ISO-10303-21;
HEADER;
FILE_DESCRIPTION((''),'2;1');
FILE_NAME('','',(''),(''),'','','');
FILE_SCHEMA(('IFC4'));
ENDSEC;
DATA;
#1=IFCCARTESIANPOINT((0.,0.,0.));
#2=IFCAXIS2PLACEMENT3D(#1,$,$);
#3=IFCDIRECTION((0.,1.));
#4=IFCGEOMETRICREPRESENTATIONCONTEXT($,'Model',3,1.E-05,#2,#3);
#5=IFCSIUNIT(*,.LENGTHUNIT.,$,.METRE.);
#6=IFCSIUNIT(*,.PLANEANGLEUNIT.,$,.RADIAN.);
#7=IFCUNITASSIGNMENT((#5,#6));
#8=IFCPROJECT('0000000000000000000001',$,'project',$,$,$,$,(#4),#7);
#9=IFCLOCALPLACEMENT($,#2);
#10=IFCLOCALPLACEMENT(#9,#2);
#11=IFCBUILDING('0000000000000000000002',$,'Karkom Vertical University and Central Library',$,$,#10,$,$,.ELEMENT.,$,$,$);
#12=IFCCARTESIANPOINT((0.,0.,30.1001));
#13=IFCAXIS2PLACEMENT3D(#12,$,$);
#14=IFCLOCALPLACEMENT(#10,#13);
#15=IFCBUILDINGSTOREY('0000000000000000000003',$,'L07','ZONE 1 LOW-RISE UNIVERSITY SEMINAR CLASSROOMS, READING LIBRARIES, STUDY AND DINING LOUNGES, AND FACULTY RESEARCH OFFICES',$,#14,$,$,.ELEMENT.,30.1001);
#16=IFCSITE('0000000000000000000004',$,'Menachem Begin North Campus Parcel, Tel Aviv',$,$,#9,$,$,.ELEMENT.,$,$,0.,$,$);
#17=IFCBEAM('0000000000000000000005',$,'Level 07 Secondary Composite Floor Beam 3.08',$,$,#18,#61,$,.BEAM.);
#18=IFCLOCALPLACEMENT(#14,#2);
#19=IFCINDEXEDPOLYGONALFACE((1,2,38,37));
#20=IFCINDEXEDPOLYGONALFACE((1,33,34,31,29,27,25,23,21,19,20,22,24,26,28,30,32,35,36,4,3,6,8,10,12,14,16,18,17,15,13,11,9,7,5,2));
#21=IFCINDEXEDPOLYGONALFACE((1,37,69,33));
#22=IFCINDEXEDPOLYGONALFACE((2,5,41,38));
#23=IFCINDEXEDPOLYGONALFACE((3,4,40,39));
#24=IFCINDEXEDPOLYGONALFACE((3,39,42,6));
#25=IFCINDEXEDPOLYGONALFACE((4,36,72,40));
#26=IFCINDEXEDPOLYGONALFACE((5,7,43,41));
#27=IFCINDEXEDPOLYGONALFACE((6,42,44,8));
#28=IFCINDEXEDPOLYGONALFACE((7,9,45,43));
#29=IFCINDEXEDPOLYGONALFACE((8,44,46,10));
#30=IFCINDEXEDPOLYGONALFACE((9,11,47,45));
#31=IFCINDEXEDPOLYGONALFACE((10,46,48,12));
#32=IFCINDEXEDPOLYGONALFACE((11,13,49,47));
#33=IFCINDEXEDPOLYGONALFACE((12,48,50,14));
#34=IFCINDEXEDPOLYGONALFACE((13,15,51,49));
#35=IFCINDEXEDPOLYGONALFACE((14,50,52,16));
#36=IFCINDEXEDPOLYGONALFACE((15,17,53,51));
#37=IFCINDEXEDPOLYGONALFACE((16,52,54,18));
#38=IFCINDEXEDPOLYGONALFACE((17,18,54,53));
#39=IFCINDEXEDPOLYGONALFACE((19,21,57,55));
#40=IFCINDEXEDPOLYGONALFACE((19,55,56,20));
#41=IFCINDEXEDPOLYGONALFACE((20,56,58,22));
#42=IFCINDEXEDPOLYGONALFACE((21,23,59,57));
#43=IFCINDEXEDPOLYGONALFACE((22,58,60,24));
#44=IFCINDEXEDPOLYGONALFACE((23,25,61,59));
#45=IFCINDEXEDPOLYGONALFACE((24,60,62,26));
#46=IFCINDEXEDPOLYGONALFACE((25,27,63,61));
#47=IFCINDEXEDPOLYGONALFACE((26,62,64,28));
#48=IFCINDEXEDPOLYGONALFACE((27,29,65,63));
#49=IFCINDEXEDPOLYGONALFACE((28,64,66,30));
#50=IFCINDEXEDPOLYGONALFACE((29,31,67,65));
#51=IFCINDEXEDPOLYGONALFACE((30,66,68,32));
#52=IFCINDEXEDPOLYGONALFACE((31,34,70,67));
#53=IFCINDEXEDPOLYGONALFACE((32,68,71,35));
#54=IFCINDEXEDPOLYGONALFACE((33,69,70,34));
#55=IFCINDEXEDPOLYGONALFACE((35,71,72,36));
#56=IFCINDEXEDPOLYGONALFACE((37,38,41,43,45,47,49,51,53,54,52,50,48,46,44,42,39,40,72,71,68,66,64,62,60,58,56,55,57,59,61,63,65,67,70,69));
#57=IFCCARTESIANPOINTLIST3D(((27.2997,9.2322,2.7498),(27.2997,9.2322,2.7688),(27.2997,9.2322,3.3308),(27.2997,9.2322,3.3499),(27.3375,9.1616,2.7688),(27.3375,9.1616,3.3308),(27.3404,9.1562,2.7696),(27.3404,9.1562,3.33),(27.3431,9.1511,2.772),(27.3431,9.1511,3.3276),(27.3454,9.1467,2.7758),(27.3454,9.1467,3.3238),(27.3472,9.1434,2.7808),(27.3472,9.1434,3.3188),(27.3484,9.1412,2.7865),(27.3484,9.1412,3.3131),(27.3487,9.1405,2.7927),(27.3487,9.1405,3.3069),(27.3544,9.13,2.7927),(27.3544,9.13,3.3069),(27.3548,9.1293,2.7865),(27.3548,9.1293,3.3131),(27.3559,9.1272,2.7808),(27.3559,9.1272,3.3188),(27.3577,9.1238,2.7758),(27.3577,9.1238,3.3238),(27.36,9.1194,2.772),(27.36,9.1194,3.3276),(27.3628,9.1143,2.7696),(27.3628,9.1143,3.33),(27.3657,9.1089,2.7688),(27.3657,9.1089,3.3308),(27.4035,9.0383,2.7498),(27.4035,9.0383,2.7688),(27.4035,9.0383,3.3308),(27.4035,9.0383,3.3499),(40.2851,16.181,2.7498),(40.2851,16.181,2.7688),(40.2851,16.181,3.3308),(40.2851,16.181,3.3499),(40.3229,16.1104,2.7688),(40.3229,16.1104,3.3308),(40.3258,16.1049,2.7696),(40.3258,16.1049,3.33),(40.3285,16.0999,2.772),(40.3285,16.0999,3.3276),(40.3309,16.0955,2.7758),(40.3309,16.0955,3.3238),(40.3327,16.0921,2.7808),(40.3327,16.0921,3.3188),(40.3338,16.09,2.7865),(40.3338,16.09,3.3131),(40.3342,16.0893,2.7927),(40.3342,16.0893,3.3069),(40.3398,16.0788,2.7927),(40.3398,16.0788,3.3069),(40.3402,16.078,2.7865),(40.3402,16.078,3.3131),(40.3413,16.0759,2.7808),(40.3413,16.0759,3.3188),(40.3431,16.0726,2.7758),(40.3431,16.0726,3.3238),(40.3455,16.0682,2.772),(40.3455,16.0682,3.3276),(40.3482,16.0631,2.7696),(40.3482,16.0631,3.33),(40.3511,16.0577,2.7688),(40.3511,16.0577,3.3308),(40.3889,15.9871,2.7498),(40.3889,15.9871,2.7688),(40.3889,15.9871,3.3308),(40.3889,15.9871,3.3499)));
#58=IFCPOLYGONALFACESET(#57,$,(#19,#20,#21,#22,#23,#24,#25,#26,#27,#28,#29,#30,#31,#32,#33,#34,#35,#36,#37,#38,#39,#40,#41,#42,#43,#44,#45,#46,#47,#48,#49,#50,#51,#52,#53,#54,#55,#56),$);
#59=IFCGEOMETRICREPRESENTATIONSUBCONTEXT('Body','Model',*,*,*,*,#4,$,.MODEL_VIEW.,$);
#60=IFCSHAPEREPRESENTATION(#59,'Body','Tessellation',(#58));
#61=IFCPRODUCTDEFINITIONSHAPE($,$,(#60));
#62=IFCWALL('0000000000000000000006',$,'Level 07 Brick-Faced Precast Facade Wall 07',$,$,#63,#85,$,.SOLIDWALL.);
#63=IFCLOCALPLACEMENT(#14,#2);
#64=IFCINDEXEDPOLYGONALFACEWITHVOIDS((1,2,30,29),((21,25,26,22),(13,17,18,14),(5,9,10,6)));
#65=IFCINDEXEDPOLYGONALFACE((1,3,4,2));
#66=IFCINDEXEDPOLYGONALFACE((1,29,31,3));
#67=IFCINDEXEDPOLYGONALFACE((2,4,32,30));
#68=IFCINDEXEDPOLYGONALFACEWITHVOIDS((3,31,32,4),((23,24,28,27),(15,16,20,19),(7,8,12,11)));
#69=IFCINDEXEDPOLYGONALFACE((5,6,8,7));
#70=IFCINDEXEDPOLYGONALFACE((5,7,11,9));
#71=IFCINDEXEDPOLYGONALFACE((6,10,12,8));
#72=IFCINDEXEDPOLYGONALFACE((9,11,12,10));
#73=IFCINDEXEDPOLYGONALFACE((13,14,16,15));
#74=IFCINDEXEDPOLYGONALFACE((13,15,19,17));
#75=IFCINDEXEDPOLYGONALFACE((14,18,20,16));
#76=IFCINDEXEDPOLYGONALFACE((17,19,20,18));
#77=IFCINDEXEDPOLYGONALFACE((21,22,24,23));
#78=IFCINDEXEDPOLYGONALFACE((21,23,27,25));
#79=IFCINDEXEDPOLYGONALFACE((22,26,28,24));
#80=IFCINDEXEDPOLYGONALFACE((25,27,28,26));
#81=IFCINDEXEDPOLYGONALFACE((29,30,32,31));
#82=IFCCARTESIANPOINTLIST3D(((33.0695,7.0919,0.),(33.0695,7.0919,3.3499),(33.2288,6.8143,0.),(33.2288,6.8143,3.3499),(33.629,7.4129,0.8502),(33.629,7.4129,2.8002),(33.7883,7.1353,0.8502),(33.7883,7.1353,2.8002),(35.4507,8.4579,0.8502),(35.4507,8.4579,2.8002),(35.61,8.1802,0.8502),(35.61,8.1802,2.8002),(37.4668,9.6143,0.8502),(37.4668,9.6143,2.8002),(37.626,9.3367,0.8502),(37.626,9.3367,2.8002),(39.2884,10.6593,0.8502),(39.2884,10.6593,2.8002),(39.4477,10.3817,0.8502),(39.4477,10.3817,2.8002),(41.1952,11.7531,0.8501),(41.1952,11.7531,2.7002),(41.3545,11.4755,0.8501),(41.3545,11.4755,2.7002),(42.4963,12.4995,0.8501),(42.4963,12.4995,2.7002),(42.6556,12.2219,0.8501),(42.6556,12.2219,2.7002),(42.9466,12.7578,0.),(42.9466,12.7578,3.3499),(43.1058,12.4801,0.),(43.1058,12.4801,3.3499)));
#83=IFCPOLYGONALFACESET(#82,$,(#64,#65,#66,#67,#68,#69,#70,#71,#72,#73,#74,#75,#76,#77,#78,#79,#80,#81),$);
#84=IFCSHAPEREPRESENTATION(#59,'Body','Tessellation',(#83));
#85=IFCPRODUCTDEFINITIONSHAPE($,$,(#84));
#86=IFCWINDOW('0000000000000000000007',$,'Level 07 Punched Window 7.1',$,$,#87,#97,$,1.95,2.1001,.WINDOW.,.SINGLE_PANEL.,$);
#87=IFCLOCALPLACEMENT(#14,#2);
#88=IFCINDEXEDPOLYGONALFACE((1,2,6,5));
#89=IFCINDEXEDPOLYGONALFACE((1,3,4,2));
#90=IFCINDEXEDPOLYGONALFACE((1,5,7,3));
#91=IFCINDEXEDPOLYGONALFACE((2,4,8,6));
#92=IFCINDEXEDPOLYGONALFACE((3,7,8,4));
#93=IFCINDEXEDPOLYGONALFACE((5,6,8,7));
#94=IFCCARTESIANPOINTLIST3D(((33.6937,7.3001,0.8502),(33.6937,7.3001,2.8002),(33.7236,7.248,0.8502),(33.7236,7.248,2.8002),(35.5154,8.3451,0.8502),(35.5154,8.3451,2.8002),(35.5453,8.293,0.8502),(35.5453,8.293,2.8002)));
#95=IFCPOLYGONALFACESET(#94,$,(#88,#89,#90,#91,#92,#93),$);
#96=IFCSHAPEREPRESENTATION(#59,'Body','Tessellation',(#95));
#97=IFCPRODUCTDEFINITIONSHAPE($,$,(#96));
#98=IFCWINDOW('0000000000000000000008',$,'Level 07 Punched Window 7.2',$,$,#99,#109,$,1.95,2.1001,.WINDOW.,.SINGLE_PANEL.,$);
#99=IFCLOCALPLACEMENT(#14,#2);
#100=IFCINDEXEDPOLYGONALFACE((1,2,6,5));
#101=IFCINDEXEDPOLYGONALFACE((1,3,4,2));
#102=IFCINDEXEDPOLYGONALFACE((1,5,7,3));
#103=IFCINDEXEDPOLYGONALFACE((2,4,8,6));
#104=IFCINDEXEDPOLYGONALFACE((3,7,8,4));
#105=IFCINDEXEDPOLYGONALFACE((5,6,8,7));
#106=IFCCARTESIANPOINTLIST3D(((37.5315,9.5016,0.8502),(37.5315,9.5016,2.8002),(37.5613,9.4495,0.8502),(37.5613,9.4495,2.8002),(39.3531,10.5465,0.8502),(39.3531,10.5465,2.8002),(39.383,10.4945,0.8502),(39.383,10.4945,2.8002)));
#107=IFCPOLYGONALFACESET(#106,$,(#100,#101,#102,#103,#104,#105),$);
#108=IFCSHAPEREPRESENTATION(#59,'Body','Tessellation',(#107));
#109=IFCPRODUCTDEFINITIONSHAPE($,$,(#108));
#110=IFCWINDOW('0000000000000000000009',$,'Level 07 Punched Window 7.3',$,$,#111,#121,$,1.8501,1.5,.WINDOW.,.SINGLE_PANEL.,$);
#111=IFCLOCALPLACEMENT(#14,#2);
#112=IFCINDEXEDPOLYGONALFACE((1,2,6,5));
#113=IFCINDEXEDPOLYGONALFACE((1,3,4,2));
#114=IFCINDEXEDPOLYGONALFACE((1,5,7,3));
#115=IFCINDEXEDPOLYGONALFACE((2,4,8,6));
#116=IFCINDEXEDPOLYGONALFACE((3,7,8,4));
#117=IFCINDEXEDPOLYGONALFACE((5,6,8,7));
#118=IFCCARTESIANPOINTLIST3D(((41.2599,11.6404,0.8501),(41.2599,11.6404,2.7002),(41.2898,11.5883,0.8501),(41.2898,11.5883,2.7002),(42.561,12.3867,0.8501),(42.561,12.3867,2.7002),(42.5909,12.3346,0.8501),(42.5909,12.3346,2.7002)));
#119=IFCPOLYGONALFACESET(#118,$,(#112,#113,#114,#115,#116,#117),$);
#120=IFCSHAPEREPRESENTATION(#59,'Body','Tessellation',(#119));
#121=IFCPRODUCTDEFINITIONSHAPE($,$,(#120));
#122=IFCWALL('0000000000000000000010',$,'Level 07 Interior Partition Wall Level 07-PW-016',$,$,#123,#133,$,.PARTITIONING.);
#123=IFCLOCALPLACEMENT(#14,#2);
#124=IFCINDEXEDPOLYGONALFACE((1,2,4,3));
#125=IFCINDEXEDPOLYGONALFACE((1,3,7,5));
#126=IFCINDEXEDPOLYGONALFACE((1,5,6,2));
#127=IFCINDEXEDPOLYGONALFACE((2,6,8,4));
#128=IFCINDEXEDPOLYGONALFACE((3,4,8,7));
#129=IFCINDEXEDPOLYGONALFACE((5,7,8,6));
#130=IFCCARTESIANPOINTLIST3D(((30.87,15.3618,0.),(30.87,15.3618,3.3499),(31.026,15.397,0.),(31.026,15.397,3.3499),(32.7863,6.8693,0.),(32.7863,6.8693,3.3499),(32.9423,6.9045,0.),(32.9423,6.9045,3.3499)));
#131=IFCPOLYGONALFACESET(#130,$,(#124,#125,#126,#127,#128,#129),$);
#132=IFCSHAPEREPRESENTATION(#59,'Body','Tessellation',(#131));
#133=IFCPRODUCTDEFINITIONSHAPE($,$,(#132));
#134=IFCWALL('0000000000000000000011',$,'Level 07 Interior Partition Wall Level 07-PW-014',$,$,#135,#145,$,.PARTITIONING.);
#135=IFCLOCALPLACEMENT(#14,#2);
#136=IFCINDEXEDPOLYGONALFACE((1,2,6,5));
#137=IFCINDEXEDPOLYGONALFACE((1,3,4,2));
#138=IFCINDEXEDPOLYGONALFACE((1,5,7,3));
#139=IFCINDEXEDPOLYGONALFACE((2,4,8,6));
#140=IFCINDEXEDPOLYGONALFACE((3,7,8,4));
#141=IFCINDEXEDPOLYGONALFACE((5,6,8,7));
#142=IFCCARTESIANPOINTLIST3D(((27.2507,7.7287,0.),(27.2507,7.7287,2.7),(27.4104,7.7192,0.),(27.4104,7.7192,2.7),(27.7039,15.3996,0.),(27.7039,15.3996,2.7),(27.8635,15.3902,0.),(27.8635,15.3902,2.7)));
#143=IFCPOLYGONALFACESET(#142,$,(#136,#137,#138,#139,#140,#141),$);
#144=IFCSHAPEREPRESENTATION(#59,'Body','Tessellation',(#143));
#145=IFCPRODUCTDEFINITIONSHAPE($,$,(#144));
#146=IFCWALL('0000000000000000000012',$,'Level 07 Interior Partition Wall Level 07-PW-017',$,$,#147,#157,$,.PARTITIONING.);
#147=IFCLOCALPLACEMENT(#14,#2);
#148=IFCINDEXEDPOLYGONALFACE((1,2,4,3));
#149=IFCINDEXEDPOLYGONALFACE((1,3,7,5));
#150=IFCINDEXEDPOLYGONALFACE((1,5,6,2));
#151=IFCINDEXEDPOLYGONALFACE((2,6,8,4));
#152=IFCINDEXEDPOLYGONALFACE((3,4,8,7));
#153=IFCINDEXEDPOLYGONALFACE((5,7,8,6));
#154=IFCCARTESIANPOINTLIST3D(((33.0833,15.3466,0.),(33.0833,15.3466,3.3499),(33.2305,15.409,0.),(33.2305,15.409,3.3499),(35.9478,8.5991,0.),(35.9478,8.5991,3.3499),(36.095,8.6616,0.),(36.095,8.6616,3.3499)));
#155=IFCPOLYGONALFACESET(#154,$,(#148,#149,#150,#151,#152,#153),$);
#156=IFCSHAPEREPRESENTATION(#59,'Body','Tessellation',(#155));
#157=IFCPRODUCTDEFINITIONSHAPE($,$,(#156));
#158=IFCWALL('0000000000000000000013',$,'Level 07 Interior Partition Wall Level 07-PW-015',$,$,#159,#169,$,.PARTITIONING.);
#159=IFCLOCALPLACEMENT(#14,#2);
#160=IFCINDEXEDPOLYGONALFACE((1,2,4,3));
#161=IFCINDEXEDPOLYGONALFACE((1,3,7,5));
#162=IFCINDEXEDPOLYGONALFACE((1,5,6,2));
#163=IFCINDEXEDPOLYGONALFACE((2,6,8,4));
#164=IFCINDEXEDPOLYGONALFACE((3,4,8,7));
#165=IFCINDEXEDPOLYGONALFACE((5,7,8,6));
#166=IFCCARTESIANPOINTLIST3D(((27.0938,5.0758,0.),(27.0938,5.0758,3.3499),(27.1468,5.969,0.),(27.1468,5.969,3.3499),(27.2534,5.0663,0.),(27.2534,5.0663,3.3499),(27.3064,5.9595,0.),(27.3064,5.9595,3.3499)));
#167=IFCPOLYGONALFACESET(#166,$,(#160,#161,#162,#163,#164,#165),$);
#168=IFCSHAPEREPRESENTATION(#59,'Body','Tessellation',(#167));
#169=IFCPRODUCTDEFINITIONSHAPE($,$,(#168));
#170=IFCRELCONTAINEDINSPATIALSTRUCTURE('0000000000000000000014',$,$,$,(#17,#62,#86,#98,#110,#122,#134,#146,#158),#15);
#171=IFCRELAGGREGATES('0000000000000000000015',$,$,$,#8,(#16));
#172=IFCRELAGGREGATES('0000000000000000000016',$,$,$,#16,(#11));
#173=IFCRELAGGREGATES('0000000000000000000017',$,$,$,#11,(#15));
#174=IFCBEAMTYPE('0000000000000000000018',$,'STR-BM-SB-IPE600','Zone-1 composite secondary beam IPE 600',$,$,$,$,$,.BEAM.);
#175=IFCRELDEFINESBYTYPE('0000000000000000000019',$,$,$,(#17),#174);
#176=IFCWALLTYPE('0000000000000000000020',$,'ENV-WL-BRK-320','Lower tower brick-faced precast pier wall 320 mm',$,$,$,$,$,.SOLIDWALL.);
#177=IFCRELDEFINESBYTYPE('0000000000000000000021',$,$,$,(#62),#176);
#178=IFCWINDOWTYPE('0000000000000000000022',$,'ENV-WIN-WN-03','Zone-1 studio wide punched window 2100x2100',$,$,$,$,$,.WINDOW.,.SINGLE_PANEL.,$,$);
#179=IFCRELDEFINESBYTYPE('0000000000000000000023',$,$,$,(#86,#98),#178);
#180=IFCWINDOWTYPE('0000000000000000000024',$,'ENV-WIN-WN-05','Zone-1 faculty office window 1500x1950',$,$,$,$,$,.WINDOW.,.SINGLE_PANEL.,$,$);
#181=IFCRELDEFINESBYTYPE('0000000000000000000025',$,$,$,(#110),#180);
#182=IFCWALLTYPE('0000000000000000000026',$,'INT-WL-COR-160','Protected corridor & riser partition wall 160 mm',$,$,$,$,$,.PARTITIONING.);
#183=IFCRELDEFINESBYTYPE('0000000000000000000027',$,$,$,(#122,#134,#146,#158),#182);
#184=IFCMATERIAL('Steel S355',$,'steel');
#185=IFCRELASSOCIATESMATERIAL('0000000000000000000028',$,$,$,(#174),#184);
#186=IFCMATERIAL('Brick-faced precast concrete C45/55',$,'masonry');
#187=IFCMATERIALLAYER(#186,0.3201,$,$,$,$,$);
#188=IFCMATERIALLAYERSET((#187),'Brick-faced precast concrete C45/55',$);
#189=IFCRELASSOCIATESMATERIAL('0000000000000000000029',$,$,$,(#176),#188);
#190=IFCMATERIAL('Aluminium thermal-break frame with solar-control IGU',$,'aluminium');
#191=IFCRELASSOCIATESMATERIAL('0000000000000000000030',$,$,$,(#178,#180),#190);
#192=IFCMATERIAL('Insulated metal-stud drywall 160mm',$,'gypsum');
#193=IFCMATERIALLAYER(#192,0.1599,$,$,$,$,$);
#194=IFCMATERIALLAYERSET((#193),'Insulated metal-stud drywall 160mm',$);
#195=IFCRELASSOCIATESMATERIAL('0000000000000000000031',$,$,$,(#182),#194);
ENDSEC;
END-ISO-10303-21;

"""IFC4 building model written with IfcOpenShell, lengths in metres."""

from ifc_helpers import new_model, si_unit, direction, frame, frame_2d, origin, origin_with_axes, origin_2d, place, context, subcontext, project, spatial, rectangle, i_section, extrude, source, transform, mapped, material, layer, layer_set, material_profile, profile_set, type_object, element, fill, save


model = new_model("IFC4")

# Units and contexts
model_context = context("Model", 3, precision=1e-05, world=origin(), true_north=direction((0.0, 1.0)))
body_context = subcontext(model_context, "Body", "Model", "MODEL_VIEW")
ifc_project = project(units=[si_unit("LENGTHUNIT", "METRE"), si_unit("PLANEANGLEUNIT", "RADIAN")], contexts=[model_context])

# Site, building, storey
site_placement = place(None, origin())
site = spatial("IfcSite", under=ifc_project, at=site_placement, Name="Menachem Begin North Campus Parcel, Tel Aviv", CompositionType="ELEMENT", RefElevation=0.0)
building_placement = place(site_placement, origin())
building = spatial("IfcBuilding", under=site, at=building_placement, Name="Karkom Vertical University and Central Library", CompositionType="ELEMENT")
storey_placement = place(building_placement, frame((0.0, 0.0, 30.1001)))
storey = spatial("IfcBuildingStorey", under=building, at=storey_placement, Name="L07", Description="ZONE 1 LOW-RISE UNIVERSITY SEMINAR CLASSROOMS, READING LIBRARIES, STUDY AND DINING LOUNGES, AND FACULTY RESEARCH OFFICES", CompositionType="ELEMENT", Elevation=30.1001)

# Beam
ifc_material_1 = material(Name="Steel S355", Category="steel")
ifc_material_profile_1 = material_profile(ifc_material_1, i_section(OverallWidth=0.22, OverallDepth=0.6001, WebThickness=0.012, FlangeThickness=0.019, FilletRadius=0.0239, at=origin_2d()), Name="IPE 600")
ifc_profile_set_1 = profile_set([ifc_material_profile_1], Name="Steel S355")
beam_type_1 = type_object("IfcBeamType", Name="STR-BM-SB-IPE600", Description="Zone-1 composite secondary beam IPE 600", PredefinedType="BEAM", material=ifc_profile_set_1)
shared_shape_1 = source(origin_with_axes(), body_context, "Body", "SweptSolid", [
    extrude(i_section(OverallWidth=0.22, OverallDepth=0.6001, WebThickness=0.012, FlangeThickness=0.019, FilletRadius=0.0239, at=origin_2d()), origin(), (0.0, 0.0, 1.0), 14.7278),
])
beam_1_placement = place(storey_placement, frame((27.3516, 9.1353, 3.0498), z_axis=(0.881698, 0.471815, 0.0), x_axis=(-0.471815, 0.881698, 0.0)))
element("IfcBeam", 1, at=beam_1_placement, inside=storey, type_object=beam_type_1, Name="Level 07 Secondary Composite Floor Beam 3.08", PredefinedType="BEAM", context=body_context, shape_type="MappedRepresentation", body=[
    mapped(shared_shape_1, transform((0.0, 0.0, 0.0), scale=1.0)),
])

# Wall, openings, windows
ifc_material_2 = material(Name="Brick-faced precast concrete C45/55", Category="masonry")
ifc_layer_1 = layer(ifc_material_2, 0.3201)
ifc_layer_set_1 = layer_set([ifc_layer_1], Name="Brick-faced precast concrete C45/55")
wall_type_1 = type_object("IfcWallType", Name="ENV-WL-BRK-320", Description="Lower tower brick-faced precast pier wall 320 mm", PredefinedType="SOLIDWALL", material=ifc_layer_set_1)
wall_1_placement = place(storey_placement, frame((33.1492, 6.9531, 0.0), z_axis=(0.0, 0.0, 1.0), x_axis=(0.867417, 0.497581, 0.0)))
wall_1 = element("IfcWall", 2, at=wall_1_placement, inside=storey, type_object=wall_type_1, Name="Level 07 Brick-Faced Precast Facade Wall 07", PredefinedType="SOLIDWALL", context=body_context, shape_type="SweptSolid", body=[
    extrude(rectangle(XDim=11.3867, YDim=0.3201, at=frame_2d((5.6934, 0.0))), origin(), (0.0, 0.0, 1.0), 3.3499),
])
opening_1_placement = place(wall_1_placement, frame((0.645, 0.0, 0.8501)))
opening_1 = element("IfcOpeningElement", 3, at=opening_1_placement, cuts=wall_1, PredefinedType="OPENING", context=body_context, shape_type="SweptSolid", body=[
    extrude(rectangle(XDim=2.1001, YDim=1.95, at=frame_2d((1.05, 0.9751))), frame((0.0, 0.1699, 0.0), z_axis=(0.0, -1.0, 0.0), x_axis=(1.0, 0.0, 0.0)), (0.0, 0.0, 1.0), 0.3401),
])
opening_2_placement = place(wall_1_placement, frame((5.0693, 0.0, 0.8501)))
opening_2 = element("IfcOpeningElement", 4, at=opening_2_placement, cuts=wall_1, PredefinedType="OPENING", context=body_context, shape_type="SweptSolid", body=[
    extrude(rectangle(XDim=2.1001, YDim=1.95, at=frame_2d((1.05, 0.9751))), frame((0.0, 0.1699, 0.0), z_axis=(0.0, -1.0, 0.0), x_axis=(1.0, 0.0, 0.0)), (0.0, 0.0, 1.0), 0.3401),
])
opening_3_placement = place(wall_1_placement, frame((9.3677, 0.0, 0.8501)))
opening_3 = element("IfcOpeningElement", 5, at=opening_3_placement, cuts=wall_1, PredefinedType="OPENING", context=body_context, shape_type="SweptSolid", body=[
    extrude(rectangle(XDim=1.5, YDim=1.8501, at=frame_2d((0.75, 0.925))), frame((0.0, 0.1699, 0.0), z_axis=(0.0, -1.0, 0.0), x_axis=(1.0, 0.0, 0.0)), (0.0, 0.0, 1.0), 0.3401),
])
ifc_material_3 = material(Name="Aluminium thermal-break frame with solar-control IGU", Category="aluminium")
window_type_1 = type_object("IfcWindowType", Name="ENV-WIN-WN-03", Description="Zone-1 studio wide punched window 2100x2100", PartitioningType="SINGLE_PANEL", PredefinedType="WINDOW", material=ifc_material_3)
shared_shape_2 = source(origin_with_axes(), body_context, "Body", "SweptSolid", [
    extrude(rectangle(XDim=2.1001, YDim=1.95, at=frame_2d((1.05, 0.9751))), frame((0.0, 0.03, 0.0), z_axis=(0.0, -1.0, 0.0), x_axis=(1.0, 0.0, 0.0)), (0.0, 0.0, 1.0), 0.0601),
])
window_1_placement = place(opening_1_placement, origin())
window_1 = element("IfcWindow", 6, at=window_1_placement, inside=storey, type_object=window_type_1, Name="Level 07 Punched Window 7.1", OverallHeight=1.95, OverallWidth=2.1001, PartitioningType="SINGLE_PANEL", PredefinedType="WINDOW", context=body_context, shape_type="MappedRepresentation", body=[
    mapped(shared_shape_2, transform((0.0, 0.0, 0.0), scale=1.0)),
])
fill(opening_1, window_1)
window_2_placement = place(opening_2_placement, origin())
window_2 = element("IfcWindow", 7, at=window_2_placement, inside=storey, type_object=window_type_1, Name="Level 07 Punched Window 7.2", OverallHeight=1.95, OverallWidth=2.1001, PartitioningType="SINGLE_PANEL", PredefinedType="WINDOW", context=body_context, shape_type="MappedRepresentation", body=[
    mapped(shared_shape_2, transform((0.0, 0.0, 0.0), scale=1.0)),
])
fill(opening_2, window_2)
window_type_2 = type_object("IfcWindowType", Name="ENV-WIN-WN-05", Description="Zone-1 faculty office window 1500x1950", PartitioningType="SINGLE_PANEL", PredefinedType="WINDOW", material=ifc_material_3)
shared_shape_3 = source(origin_with_axes(), body_context, "Body", "SweptSolid", [
    extrude(rectangle(XDim=1.5, YDim=1.8501, at=frame_2d((0.75, 0.925))), frame((0.0, 0.03, 0.0), z_axis=(0.0, -1.0, 0.0), x_axis=(1.0, 0.0, 0.0)), (0.0, 0.0, 1.0), 0.0601),
])
window_3_placement = place(opening_3_placement, origin())
window_3 = element("IfcWindow", 8, at=window_3_placement, inside=storey, type_object=window_type_2, Name="Level 07 Punched Window 7.3", OverallHeight=1.8501, OverallWidth=1.5, PartitioningType="SINGLE_PANEL", PredefinedType="WINDOW", context=body_context, shape_type="MappedRepresentation", body=[
    mapped(shared_shape_3, transform((0.0, 0.0, 0.0), scale=1.0)),
])
fill(opening_3, window_3)

# Walls
ifc_material_4 = material(Name="Insulated metal-stud drywall 160mm", Category="gypsum")
ifc_layer_2 = layer(ifc_material_4, 0.1599)
ifc_layer_set_2 = layer_set([ifc_layer_2], Name="Insulated metal-stud drywall 160mm")
wall_type_2 = type_object("IfcWallType", Name="INT-WL-COR-160", Description="Protected corridor & riser partition wall 160 mm", PredefinedType="PARTITIONING", material=ifc_layer_set_2)
wall_2_placement = place(storey_placement, frame((30.948, 15.3794, 0.0), z_axis=(0.0, 0.0, 1.0), x_axis=(0.220109, -0.975475, 0.0)))
element("IfcWall", 9, at=wall_2_placement, inside=storey, type_object=wall_type_2, Name="Level 07 Interior Partition Wall Level 07-PW-016", PredefinedType="PARTITIONING", context=body_context, shape_type="SweptSolid", body=[
    extrude(rectangle(XDim=8.7061, YDim=0.1599, at=frame_2d((4.353, 0.0))), origin(), (0.0, 0.0, 1.0), 3.3499),
])
wall_3_placement = place(storey_placement, frame((27.7837, 15.395, 0.0), z_axis=(0.0, 0.0, 1.0), x_axis=(-0.058968, -0.99826, 0.0)))
element("IfcWall", 10, at=wall_3_placement, inside=storey, type_object=wall_type_2, Name="Level 07 Interior Partition Wall Level 07-PW-014", PredefinedType="PARTITIONING", context=body_context, shape_type="SweptSolid", body=[
    extrude(rectangle(XDim=7.6843, YDim=0.1599, at=frame_2d((3.8423, 0.0))), origin(), (0.0, 0.0, 1.0), 2.7),
])
wall_4_placement = place(storey_placement, frame((33.157, 15.3777, 0.0), z_axis=(0.0, 0.0, 1.0), x_axis=(0.39077, -0.920489, 0.0)))
element("IfcWall", 11, at=wall_4_placement, inside=storey, type_object=wall_type_2, Name="Level 07 Interior Partition Wall Level 07-PW-017", PredefinedType="PARTITIONING", context=body_context, shape_type="SweptSolid", body=[
    extrude(rectangle(XDim=7.3303, YDim=0.1599, at=frame_2d((3.665, 0.0))), origin(), (0.0, 0.0, 1.0), 3.3499),
])
wall_5_placement = place(storey_placement, frame((27.2266, 5.9641, 0.0), z_axis=(0.0, 0.0, 1.0), x_axis=(-0.059202, -0.998246, 0.0)))
element("IfcWall", 12, at=wall_5_placement, inside=storey, type_object=wall_type_2, Name="Level 07 Interior Partition Wall Level 07-PW-015", PredefinedType="PARTITIONING", context=body_context, shape_type="SweptSolid", body=[
    extrude(rectangle(XDim=0.8948, YDim=0.1599, at=frame_2d((0.4473, 0.0))), origin(), (0.0, 0.0, 1.0), 3.3499),
])

save(model, "model.ifc")
